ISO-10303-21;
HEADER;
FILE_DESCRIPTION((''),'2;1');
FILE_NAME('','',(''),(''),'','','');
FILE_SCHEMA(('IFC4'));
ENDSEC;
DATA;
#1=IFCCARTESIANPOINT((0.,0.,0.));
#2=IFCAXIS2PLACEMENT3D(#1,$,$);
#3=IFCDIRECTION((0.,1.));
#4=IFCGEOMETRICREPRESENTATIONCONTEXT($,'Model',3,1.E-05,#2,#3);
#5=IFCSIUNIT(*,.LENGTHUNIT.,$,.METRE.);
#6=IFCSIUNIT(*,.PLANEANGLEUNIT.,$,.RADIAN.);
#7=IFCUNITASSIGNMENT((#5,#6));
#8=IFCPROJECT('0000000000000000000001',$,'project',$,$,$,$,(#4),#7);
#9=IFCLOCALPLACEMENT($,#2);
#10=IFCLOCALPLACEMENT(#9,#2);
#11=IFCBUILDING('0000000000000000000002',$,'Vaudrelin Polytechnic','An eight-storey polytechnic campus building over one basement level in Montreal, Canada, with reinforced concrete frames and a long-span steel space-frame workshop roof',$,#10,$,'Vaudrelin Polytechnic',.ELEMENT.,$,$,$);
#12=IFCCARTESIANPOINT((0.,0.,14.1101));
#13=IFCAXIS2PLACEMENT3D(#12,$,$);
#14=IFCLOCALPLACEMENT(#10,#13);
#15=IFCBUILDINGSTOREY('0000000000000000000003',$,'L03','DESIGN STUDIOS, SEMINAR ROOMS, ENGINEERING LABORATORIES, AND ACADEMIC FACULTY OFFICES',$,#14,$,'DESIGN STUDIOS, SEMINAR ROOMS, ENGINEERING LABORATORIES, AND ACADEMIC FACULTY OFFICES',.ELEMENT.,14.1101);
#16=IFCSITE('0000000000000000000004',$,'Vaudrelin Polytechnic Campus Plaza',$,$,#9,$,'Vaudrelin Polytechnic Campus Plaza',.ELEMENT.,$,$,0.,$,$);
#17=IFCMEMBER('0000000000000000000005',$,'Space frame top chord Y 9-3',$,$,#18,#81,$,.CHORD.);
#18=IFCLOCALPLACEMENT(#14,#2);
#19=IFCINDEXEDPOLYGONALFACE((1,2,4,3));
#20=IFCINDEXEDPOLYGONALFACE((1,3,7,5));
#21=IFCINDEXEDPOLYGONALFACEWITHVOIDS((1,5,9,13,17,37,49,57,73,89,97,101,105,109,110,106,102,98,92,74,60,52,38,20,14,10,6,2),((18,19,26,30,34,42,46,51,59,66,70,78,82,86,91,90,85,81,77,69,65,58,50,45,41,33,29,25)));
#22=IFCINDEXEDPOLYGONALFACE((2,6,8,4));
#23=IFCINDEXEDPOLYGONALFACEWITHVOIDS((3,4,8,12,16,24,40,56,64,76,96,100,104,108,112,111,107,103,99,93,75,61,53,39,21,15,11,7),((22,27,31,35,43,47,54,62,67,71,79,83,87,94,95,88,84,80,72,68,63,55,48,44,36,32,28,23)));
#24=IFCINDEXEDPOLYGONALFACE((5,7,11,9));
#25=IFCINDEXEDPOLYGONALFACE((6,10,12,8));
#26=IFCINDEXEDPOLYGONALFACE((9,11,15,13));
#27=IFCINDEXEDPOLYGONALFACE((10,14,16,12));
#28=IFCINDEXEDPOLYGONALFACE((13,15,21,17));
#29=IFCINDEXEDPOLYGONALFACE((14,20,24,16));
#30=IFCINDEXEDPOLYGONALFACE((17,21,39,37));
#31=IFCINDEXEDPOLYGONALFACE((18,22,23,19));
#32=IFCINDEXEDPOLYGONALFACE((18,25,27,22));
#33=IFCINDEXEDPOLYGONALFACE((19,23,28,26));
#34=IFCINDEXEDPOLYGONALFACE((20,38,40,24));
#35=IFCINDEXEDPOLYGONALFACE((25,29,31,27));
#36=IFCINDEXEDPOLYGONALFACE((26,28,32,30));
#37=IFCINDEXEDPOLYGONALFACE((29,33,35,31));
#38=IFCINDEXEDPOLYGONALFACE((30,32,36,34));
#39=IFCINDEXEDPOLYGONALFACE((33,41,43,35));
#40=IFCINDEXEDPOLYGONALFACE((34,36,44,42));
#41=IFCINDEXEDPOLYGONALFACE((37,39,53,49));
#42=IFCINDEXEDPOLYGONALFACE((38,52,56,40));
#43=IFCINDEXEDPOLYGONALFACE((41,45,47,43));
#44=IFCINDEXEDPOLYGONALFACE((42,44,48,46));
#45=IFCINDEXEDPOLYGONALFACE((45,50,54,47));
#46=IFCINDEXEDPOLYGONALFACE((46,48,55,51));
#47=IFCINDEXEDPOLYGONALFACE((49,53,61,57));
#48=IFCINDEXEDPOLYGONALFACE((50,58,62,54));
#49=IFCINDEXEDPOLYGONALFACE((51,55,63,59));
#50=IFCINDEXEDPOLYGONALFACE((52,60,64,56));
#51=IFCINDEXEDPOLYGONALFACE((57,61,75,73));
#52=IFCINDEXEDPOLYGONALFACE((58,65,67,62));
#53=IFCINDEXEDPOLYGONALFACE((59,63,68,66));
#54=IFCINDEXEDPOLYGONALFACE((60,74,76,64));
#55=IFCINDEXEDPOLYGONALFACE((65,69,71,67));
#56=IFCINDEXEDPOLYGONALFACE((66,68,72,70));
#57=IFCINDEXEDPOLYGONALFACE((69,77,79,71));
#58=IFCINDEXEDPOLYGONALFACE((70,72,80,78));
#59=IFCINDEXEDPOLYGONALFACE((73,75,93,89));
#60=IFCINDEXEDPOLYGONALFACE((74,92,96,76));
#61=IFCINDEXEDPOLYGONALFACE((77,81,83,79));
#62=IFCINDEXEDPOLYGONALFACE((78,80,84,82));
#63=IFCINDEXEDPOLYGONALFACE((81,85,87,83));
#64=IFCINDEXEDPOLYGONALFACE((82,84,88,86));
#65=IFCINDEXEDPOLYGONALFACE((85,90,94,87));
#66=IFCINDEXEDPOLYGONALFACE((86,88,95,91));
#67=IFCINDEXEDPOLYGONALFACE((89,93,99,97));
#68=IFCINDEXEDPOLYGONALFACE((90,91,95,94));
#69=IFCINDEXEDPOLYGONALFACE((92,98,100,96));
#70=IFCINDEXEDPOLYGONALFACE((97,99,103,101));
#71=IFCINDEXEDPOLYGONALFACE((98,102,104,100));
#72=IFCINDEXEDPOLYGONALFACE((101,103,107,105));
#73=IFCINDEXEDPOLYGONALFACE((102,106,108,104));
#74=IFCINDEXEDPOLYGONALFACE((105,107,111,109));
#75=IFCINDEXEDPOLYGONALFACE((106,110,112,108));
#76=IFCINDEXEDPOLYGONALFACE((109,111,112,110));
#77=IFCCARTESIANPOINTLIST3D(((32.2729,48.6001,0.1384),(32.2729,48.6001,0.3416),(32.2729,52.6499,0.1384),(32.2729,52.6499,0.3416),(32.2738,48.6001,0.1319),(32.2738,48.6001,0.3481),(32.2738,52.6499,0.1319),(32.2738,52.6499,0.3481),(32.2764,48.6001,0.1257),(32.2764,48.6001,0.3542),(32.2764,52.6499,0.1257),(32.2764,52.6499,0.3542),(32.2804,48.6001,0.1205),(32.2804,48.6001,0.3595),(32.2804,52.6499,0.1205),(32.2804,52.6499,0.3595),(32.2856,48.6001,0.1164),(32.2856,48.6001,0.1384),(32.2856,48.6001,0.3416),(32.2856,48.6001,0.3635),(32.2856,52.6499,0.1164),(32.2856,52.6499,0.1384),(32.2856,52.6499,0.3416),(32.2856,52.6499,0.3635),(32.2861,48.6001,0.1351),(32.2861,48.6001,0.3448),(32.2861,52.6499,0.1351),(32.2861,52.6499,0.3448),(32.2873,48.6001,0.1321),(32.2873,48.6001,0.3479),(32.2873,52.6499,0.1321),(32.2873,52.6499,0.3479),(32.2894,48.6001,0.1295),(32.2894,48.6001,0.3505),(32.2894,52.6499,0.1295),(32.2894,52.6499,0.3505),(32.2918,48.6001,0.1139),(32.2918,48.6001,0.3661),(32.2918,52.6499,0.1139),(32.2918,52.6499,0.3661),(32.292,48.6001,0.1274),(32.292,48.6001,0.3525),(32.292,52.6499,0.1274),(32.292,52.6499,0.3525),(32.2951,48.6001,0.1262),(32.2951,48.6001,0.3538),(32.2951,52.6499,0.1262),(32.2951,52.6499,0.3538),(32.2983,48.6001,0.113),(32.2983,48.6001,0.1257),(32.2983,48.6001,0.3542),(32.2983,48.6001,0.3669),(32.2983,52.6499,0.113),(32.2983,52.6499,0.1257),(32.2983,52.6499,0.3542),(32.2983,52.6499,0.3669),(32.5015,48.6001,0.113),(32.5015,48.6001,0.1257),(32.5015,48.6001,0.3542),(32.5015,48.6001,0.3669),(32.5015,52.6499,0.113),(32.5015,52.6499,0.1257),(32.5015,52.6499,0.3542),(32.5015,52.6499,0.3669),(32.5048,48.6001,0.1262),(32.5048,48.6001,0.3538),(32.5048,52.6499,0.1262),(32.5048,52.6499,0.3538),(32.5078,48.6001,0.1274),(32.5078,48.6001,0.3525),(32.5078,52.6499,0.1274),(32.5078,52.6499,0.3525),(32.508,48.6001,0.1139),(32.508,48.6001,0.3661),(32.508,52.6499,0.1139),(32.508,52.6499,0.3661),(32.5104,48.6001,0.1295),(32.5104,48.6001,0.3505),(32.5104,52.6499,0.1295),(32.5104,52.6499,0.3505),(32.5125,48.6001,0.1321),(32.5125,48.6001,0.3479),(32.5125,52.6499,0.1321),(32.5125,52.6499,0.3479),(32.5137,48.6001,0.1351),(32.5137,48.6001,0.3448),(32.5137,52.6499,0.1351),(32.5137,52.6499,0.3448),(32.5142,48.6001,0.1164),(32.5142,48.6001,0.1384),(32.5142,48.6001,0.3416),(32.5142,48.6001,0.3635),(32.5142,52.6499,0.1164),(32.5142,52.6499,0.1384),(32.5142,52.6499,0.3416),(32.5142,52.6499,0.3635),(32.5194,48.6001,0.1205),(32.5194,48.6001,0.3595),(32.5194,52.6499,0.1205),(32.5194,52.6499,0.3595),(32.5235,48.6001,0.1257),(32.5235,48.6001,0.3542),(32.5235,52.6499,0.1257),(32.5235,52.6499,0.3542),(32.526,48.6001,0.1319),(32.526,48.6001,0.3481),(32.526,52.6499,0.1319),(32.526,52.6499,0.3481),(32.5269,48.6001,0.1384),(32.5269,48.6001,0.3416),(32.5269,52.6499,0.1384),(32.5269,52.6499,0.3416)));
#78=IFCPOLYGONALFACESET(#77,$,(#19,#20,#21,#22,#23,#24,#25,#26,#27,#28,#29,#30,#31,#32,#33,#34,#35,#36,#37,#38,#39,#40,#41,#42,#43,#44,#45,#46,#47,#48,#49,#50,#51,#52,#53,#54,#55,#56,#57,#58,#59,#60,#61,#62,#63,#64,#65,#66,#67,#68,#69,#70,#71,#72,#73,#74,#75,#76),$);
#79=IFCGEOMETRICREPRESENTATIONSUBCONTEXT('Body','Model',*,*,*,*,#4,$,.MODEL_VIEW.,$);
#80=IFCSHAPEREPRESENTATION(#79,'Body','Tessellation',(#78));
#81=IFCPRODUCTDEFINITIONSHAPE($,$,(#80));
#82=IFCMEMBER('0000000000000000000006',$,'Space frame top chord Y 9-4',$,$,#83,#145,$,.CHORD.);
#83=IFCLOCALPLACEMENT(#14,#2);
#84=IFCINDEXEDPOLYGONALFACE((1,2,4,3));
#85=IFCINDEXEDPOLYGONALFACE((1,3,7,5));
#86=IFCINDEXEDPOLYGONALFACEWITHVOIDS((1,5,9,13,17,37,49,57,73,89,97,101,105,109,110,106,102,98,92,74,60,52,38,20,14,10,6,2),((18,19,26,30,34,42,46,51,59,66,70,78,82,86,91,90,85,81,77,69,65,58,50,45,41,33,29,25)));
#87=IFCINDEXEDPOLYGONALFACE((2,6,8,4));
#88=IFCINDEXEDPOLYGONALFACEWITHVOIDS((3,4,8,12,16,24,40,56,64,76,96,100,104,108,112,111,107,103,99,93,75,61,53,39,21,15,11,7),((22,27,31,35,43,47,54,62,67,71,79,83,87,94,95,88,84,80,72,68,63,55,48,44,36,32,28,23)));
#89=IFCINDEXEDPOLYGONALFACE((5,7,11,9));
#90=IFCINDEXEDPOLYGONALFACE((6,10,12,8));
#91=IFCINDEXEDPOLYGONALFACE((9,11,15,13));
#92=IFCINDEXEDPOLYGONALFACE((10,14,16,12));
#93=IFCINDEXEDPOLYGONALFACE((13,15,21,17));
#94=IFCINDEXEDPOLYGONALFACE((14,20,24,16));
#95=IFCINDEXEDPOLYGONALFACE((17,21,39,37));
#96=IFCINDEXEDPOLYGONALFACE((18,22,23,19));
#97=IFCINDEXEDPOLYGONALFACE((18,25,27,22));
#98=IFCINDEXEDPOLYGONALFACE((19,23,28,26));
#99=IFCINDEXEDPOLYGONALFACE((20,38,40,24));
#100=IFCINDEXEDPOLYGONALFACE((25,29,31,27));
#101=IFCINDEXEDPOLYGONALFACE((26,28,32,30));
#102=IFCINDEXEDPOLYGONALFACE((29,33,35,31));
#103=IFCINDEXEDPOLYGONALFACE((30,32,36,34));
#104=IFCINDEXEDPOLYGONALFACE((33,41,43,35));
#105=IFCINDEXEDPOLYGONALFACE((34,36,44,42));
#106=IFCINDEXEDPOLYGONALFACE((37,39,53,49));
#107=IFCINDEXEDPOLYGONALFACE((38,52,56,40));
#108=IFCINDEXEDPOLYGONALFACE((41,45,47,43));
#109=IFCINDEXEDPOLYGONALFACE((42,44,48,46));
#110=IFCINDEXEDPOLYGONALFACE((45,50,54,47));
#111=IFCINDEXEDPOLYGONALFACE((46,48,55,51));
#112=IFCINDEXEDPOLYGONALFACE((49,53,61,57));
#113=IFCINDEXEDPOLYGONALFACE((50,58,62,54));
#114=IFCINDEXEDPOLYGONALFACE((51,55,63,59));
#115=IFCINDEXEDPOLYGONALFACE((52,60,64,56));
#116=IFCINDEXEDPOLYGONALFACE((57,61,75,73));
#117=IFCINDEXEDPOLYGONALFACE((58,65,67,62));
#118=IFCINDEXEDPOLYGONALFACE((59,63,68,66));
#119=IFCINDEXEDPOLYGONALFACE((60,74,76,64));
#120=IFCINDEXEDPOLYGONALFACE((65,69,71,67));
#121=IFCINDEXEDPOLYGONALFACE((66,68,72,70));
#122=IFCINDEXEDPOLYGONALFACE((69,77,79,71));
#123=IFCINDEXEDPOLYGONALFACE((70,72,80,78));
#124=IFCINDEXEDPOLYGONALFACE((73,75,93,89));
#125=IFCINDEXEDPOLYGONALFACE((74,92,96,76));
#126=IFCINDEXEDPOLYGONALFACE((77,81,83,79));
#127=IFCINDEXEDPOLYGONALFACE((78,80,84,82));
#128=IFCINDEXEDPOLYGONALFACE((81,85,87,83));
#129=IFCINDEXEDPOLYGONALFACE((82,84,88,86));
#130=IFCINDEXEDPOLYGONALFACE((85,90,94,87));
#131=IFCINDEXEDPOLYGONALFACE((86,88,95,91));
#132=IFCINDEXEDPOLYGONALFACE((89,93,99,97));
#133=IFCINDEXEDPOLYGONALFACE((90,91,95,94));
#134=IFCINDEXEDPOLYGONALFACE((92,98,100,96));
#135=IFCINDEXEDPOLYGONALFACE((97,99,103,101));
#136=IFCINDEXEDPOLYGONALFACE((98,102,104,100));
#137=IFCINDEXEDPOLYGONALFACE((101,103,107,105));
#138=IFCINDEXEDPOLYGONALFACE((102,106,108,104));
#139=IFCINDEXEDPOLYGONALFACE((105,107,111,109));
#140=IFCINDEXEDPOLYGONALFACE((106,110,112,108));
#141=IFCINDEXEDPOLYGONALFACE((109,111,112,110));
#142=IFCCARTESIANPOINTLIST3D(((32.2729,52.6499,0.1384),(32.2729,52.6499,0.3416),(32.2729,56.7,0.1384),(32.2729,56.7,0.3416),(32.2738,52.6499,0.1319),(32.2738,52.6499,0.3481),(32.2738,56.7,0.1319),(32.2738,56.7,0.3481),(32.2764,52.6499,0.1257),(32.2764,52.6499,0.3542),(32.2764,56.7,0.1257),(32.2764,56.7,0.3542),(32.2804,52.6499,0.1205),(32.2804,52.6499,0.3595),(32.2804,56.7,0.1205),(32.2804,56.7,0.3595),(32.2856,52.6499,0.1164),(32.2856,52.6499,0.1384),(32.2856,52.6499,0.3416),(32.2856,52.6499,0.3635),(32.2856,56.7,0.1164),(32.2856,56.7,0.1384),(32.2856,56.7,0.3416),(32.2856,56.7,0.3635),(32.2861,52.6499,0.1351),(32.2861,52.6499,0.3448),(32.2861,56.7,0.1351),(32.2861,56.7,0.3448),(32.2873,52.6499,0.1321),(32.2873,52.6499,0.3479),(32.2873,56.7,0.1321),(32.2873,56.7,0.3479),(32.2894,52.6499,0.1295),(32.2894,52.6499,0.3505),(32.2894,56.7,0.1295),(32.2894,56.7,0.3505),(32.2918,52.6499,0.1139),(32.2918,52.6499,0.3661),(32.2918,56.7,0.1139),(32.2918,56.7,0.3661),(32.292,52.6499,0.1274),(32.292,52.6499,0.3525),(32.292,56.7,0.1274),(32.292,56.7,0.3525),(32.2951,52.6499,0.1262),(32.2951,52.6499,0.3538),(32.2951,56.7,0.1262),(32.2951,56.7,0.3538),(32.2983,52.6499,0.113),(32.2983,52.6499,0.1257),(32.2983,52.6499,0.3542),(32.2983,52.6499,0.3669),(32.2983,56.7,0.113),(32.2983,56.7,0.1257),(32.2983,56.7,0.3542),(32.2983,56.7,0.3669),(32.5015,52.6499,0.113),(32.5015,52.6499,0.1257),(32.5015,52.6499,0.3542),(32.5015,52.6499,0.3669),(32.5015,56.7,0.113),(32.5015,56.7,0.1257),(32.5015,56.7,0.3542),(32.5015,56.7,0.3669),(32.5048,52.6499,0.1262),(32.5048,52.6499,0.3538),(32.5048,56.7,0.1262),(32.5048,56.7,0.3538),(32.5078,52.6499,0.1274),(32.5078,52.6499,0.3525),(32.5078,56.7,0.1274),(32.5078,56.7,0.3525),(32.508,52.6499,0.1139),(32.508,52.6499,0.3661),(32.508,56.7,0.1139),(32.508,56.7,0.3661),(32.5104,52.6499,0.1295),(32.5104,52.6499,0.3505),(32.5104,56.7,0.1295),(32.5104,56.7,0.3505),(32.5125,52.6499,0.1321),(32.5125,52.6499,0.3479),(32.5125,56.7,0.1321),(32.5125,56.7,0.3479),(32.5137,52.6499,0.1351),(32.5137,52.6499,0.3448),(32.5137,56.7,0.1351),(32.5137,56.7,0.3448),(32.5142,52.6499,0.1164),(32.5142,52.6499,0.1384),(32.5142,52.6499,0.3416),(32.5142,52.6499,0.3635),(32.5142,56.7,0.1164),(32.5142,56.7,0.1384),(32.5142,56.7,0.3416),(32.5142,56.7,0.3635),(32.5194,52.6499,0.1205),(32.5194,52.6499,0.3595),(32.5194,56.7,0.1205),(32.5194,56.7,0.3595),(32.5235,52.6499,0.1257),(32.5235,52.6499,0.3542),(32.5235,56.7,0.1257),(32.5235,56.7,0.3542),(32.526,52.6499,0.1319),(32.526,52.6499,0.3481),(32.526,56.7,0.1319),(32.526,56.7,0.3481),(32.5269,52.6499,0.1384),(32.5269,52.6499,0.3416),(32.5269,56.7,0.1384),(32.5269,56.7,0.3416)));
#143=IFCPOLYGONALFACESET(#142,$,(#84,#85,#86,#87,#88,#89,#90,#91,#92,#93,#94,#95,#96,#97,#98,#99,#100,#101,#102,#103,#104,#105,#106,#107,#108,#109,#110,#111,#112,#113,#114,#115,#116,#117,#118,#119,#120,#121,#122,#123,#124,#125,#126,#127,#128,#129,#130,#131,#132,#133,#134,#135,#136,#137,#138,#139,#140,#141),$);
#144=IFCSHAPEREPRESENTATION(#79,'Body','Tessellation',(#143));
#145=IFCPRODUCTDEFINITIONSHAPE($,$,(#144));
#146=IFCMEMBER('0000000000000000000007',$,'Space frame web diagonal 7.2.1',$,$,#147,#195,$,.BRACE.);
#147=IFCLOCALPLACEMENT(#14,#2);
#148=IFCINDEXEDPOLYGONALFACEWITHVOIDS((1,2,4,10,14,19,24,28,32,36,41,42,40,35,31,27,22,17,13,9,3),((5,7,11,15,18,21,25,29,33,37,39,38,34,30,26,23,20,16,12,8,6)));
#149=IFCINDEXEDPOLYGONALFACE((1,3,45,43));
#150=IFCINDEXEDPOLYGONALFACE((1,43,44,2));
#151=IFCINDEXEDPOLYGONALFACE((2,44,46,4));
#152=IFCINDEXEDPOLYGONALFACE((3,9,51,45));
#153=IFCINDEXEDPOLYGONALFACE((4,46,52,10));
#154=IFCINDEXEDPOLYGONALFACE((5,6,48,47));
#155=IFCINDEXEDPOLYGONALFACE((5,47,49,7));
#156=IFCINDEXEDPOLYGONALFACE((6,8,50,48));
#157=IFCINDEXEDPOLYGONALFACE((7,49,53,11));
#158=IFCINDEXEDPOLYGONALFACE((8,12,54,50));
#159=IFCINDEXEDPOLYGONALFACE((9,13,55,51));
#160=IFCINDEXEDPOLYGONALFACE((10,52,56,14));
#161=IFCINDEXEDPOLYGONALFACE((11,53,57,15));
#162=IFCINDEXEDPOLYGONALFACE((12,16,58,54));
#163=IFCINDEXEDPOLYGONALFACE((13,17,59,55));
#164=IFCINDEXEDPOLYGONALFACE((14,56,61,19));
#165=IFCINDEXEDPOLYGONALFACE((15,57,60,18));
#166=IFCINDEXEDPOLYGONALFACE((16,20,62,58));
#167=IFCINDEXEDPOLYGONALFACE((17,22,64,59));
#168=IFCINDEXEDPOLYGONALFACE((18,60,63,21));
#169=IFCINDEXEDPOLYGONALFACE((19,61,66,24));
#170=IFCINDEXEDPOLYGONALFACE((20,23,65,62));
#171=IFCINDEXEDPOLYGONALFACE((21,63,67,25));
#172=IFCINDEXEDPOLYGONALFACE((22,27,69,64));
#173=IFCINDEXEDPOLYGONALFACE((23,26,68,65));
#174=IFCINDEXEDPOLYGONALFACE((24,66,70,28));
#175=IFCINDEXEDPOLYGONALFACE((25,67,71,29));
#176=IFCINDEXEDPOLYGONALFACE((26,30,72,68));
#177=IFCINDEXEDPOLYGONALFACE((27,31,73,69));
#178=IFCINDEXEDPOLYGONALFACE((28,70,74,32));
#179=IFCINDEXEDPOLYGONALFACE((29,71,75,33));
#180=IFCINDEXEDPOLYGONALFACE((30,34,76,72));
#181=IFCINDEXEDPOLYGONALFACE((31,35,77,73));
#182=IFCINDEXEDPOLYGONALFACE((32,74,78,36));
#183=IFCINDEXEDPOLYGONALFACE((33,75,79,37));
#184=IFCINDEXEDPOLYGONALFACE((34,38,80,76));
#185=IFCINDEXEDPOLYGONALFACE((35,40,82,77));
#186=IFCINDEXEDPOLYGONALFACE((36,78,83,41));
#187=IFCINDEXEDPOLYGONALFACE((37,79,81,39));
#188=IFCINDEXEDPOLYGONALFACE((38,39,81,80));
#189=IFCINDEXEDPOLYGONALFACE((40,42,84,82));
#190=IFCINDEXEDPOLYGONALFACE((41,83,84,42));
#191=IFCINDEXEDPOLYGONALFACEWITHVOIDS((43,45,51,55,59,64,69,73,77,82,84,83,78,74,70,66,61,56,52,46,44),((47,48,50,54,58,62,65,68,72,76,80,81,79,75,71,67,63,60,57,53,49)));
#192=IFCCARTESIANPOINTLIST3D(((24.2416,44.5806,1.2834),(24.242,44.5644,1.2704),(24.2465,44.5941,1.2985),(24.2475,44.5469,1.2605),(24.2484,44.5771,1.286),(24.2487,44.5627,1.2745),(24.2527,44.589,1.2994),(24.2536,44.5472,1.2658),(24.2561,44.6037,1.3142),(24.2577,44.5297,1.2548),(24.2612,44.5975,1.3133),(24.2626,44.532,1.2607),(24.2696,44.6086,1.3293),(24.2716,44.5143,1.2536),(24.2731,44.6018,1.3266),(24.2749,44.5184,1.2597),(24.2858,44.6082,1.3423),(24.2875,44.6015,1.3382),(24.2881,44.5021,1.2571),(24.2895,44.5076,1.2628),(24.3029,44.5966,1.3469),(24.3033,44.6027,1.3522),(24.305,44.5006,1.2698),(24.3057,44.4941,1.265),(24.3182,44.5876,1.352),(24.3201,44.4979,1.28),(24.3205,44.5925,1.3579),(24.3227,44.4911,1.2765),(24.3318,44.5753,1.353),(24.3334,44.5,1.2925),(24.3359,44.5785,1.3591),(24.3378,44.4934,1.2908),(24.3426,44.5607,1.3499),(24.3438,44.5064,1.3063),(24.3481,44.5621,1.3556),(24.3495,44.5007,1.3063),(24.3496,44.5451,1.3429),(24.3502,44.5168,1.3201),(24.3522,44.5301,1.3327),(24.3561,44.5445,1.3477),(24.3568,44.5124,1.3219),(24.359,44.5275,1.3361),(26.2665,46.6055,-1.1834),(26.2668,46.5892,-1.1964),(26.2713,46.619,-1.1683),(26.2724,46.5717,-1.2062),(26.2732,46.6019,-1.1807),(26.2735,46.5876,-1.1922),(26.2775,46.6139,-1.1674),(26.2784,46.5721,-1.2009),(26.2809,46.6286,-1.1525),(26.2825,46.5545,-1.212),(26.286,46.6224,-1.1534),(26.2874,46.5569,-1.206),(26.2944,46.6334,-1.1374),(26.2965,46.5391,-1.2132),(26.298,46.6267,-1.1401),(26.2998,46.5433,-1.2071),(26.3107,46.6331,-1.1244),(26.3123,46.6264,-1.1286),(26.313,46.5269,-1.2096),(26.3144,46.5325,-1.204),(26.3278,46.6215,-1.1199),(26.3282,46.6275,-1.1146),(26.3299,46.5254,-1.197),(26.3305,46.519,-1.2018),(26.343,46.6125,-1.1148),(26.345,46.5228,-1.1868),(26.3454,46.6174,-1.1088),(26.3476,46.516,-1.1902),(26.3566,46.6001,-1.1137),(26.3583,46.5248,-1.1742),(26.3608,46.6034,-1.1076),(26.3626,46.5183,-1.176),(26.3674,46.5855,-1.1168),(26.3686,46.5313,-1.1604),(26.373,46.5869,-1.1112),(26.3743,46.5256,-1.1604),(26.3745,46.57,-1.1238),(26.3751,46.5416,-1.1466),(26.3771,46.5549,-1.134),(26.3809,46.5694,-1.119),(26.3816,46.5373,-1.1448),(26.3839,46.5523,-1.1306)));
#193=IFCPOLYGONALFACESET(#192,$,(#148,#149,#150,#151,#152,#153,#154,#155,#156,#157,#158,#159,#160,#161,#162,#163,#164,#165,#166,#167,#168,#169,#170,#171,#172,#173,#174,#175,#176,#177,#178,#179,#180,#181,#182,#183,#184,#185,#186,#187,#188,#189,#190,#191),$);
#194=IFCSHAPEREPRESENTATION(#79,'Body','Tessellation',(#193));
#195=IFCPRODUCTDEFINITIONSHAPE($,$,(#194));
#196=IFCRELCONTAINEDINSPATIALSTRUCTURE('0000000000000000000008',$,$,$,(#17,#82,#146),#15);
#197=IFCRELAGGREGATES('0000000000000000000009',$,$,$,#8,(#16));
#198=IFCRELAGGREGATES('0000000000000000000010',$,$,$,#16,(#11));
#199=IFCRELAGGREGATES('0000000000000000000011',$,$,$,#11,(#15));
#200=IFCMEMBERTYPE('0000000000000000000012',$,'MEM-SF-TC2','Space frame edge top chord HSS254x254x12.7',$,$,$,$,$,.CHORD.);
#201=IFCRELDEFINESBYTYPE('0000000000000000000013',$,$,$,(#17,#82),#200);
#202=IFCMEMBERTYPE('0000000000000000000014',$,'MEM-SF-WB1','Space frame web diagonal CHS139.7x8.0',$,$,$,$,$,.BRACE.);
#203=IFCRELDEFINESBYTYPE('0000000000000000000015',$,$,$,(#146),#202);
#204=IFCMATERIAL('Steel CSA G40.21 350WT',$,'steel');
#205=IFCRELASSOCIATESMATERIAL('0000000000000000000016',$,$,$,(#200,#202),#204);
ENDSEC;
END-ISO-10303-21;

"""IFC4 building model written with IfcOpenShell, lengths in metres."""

from ifc_helpers import new_model, si_unit, direction, frame, origin, origin_2d, place, context, subcontext, project, spatial, hollow_rectangle, hollow_circle, extrude, material, material_profile, profile_set, type_object, element, save


model = new_model("IFC4")

# Units and contexts
model_context = context("Model", 3, precision=1e-05, world=origin(), true_north=direction((0.0, 1.0)))
body_context = subcontext(model_context, "Body", "Model", "MODEL_VIEW")
ifc_project = project(units=[si_unit("LENGTHUNIT", "METRE"), si_unit("PLANEANGLEUNIT", "RADIAN")], contexts=[model_context])

# Site, building, storey
site_placement = place(None, origin())
site = spatial("IfcSite", under=ifc_project, at=site_placement, Name="Vaudrelin Polytechnic Campus Plaza", LongName="Vaudrelin Polytechnic Campus Plaza", CompositionType="ELEMENT", RefElevation=0.0)
building_placement = place(site_placement, origin())
building = spatial("IfcBuilding", under=site, at=building_placement, Name="Vaudrelin Polytechnic", Description="An eight-storey polytechnic campus building over one basement level in Montreal, Canada, with reinforced concrete frames and a long-span steel space-frame workshop roof", LongName="Vaudrelin Polytechnic", CompositionType="ELEMENT")
storey_placement = place(building_placement, frame((0.0, 0.0, 14.1101)))
storey = spatial("IfcBuildingStorey", under=building, at=storey_placement, Name="L03", Description="DESIGN STUDIOS, SEMINAR ROOMS, ENGINEERING LABORATORIES, AND ACADEMIC FACULTY OFFICES", LongName="DESIGN STUDIOS, SEMINAR ROOMS, ENGINEERING LABORATORIES, AND ACADEMIC FACULTY OFFICES", CompositionType="ELEMENT", Elevation=14.1101)

# Members
ifc_material_1 = material(Name="Steel CSA G40.21 350WT", Category="steel")
ifc_material_profile_1 = material_profile(ifc_material_1, hollow_rectangle(XDim=0.2539, YDim=0.2539, WallThickness=0.0127, InnerFilletRadius=0.0127, OuterFilletRadius=0.0254, at=origin_2d()), Name="HSS254x254x12.7")
ifc_profile_set_1 = profile_set([ifc_material_profile_1], Name="Steel CSA G40.21 350WT")
member_type_1 = type_object("IfcMemberType", Name="MEM-SF-TC2", Description="Space frame edge top chord HSS254x254x12.7", PredefinedType="CHORD", material=ifc_profile_set_1)
member_1_placement = place(storey_placement, frame((32.3999, 48.6001, 0.24), z_axis=(0.0, 1.0, 0.0), x_axis=(-1.0, 0.0, 0.0)))
element("IfcMember", 1, at=member_1_placement, inside=storey, type_object=member_type_1, Name="Space frame top chord Y 9-3", PredefinedType="CHORD", context=body_context, shape_type="SweptSolid", body=[
    extrude(hollow_rectangle(XDim=0.2539, YDim=0.2539, WallThickness=0.0127, InnerFilletRadius=0.0127, OuterFilletRadius=0.0254, at=origin_2d()), origin(), (0.0, 0.0, 1.0), 4.0498),
])
member_2_placement = place(storey_placement, frame((32.3999, 52.6499, 0.24), z_axis=(0.0, 1.0, 0.0), x_axis=(-1.0, 0.0, 0.0)))
element("IfcMember", 2, at=member_2_placement, inside=storey, type_object=member_type_1, Name="Space frame top chord Y 9-4", PredefinedType="CHORD", context=body_context, shape_type="SweptSolid", body=[
    extrude(hollow_rectangle(XDim=0.2539, YDim=0.2539, WallThickness=0.0127, InnerFilletRadius=0.0127, OuterFilletRadius=0.0254, at=origin_2d()), origin(), (0.0, 0.0, 1.0), 4.05),
])
ifc_material_profile_2 = material_profile(ifc_material_1, hollow_circle(Radius=0.0698, WallThickness=0.0081, at=origin_2d()), Name="CHS139.7x8.0")
ifc_profile_set_2 = profile_set([ifc_material_profile_2], Name="Steel CSA G40.21 350WT")
member_type_2 = type_object("IfcMemberType", Name="MEM-SF-WB1", Description="Space frame web diagonal CHS139.7x8.0", PredefinedType="BRACE", material=ifc_profile_set_2)
member_3_placement = place(storey_placement, frame((26.325, 46.575, -1.1604), z_axis=(-0.535742, -0.535742, 0.652657), x_axis=(0.707107, -0.707107, 0.0)))
element("IfcMember", 3, at=member_3_placement, inside=storey, type_object=member_type_2, Name="Space frame web diagonal 7.2.1", PredefinedType="BRACE", context=body_context, shape_type="SweptSolid", body=[
    extrude(hollow_circle(Radius=0.0698, WallThickness=0.0081, at=origin_2d()), origin(), (0.0, 0.0, 1.0), 3.7795),
])

save(model, "model.ifc")
